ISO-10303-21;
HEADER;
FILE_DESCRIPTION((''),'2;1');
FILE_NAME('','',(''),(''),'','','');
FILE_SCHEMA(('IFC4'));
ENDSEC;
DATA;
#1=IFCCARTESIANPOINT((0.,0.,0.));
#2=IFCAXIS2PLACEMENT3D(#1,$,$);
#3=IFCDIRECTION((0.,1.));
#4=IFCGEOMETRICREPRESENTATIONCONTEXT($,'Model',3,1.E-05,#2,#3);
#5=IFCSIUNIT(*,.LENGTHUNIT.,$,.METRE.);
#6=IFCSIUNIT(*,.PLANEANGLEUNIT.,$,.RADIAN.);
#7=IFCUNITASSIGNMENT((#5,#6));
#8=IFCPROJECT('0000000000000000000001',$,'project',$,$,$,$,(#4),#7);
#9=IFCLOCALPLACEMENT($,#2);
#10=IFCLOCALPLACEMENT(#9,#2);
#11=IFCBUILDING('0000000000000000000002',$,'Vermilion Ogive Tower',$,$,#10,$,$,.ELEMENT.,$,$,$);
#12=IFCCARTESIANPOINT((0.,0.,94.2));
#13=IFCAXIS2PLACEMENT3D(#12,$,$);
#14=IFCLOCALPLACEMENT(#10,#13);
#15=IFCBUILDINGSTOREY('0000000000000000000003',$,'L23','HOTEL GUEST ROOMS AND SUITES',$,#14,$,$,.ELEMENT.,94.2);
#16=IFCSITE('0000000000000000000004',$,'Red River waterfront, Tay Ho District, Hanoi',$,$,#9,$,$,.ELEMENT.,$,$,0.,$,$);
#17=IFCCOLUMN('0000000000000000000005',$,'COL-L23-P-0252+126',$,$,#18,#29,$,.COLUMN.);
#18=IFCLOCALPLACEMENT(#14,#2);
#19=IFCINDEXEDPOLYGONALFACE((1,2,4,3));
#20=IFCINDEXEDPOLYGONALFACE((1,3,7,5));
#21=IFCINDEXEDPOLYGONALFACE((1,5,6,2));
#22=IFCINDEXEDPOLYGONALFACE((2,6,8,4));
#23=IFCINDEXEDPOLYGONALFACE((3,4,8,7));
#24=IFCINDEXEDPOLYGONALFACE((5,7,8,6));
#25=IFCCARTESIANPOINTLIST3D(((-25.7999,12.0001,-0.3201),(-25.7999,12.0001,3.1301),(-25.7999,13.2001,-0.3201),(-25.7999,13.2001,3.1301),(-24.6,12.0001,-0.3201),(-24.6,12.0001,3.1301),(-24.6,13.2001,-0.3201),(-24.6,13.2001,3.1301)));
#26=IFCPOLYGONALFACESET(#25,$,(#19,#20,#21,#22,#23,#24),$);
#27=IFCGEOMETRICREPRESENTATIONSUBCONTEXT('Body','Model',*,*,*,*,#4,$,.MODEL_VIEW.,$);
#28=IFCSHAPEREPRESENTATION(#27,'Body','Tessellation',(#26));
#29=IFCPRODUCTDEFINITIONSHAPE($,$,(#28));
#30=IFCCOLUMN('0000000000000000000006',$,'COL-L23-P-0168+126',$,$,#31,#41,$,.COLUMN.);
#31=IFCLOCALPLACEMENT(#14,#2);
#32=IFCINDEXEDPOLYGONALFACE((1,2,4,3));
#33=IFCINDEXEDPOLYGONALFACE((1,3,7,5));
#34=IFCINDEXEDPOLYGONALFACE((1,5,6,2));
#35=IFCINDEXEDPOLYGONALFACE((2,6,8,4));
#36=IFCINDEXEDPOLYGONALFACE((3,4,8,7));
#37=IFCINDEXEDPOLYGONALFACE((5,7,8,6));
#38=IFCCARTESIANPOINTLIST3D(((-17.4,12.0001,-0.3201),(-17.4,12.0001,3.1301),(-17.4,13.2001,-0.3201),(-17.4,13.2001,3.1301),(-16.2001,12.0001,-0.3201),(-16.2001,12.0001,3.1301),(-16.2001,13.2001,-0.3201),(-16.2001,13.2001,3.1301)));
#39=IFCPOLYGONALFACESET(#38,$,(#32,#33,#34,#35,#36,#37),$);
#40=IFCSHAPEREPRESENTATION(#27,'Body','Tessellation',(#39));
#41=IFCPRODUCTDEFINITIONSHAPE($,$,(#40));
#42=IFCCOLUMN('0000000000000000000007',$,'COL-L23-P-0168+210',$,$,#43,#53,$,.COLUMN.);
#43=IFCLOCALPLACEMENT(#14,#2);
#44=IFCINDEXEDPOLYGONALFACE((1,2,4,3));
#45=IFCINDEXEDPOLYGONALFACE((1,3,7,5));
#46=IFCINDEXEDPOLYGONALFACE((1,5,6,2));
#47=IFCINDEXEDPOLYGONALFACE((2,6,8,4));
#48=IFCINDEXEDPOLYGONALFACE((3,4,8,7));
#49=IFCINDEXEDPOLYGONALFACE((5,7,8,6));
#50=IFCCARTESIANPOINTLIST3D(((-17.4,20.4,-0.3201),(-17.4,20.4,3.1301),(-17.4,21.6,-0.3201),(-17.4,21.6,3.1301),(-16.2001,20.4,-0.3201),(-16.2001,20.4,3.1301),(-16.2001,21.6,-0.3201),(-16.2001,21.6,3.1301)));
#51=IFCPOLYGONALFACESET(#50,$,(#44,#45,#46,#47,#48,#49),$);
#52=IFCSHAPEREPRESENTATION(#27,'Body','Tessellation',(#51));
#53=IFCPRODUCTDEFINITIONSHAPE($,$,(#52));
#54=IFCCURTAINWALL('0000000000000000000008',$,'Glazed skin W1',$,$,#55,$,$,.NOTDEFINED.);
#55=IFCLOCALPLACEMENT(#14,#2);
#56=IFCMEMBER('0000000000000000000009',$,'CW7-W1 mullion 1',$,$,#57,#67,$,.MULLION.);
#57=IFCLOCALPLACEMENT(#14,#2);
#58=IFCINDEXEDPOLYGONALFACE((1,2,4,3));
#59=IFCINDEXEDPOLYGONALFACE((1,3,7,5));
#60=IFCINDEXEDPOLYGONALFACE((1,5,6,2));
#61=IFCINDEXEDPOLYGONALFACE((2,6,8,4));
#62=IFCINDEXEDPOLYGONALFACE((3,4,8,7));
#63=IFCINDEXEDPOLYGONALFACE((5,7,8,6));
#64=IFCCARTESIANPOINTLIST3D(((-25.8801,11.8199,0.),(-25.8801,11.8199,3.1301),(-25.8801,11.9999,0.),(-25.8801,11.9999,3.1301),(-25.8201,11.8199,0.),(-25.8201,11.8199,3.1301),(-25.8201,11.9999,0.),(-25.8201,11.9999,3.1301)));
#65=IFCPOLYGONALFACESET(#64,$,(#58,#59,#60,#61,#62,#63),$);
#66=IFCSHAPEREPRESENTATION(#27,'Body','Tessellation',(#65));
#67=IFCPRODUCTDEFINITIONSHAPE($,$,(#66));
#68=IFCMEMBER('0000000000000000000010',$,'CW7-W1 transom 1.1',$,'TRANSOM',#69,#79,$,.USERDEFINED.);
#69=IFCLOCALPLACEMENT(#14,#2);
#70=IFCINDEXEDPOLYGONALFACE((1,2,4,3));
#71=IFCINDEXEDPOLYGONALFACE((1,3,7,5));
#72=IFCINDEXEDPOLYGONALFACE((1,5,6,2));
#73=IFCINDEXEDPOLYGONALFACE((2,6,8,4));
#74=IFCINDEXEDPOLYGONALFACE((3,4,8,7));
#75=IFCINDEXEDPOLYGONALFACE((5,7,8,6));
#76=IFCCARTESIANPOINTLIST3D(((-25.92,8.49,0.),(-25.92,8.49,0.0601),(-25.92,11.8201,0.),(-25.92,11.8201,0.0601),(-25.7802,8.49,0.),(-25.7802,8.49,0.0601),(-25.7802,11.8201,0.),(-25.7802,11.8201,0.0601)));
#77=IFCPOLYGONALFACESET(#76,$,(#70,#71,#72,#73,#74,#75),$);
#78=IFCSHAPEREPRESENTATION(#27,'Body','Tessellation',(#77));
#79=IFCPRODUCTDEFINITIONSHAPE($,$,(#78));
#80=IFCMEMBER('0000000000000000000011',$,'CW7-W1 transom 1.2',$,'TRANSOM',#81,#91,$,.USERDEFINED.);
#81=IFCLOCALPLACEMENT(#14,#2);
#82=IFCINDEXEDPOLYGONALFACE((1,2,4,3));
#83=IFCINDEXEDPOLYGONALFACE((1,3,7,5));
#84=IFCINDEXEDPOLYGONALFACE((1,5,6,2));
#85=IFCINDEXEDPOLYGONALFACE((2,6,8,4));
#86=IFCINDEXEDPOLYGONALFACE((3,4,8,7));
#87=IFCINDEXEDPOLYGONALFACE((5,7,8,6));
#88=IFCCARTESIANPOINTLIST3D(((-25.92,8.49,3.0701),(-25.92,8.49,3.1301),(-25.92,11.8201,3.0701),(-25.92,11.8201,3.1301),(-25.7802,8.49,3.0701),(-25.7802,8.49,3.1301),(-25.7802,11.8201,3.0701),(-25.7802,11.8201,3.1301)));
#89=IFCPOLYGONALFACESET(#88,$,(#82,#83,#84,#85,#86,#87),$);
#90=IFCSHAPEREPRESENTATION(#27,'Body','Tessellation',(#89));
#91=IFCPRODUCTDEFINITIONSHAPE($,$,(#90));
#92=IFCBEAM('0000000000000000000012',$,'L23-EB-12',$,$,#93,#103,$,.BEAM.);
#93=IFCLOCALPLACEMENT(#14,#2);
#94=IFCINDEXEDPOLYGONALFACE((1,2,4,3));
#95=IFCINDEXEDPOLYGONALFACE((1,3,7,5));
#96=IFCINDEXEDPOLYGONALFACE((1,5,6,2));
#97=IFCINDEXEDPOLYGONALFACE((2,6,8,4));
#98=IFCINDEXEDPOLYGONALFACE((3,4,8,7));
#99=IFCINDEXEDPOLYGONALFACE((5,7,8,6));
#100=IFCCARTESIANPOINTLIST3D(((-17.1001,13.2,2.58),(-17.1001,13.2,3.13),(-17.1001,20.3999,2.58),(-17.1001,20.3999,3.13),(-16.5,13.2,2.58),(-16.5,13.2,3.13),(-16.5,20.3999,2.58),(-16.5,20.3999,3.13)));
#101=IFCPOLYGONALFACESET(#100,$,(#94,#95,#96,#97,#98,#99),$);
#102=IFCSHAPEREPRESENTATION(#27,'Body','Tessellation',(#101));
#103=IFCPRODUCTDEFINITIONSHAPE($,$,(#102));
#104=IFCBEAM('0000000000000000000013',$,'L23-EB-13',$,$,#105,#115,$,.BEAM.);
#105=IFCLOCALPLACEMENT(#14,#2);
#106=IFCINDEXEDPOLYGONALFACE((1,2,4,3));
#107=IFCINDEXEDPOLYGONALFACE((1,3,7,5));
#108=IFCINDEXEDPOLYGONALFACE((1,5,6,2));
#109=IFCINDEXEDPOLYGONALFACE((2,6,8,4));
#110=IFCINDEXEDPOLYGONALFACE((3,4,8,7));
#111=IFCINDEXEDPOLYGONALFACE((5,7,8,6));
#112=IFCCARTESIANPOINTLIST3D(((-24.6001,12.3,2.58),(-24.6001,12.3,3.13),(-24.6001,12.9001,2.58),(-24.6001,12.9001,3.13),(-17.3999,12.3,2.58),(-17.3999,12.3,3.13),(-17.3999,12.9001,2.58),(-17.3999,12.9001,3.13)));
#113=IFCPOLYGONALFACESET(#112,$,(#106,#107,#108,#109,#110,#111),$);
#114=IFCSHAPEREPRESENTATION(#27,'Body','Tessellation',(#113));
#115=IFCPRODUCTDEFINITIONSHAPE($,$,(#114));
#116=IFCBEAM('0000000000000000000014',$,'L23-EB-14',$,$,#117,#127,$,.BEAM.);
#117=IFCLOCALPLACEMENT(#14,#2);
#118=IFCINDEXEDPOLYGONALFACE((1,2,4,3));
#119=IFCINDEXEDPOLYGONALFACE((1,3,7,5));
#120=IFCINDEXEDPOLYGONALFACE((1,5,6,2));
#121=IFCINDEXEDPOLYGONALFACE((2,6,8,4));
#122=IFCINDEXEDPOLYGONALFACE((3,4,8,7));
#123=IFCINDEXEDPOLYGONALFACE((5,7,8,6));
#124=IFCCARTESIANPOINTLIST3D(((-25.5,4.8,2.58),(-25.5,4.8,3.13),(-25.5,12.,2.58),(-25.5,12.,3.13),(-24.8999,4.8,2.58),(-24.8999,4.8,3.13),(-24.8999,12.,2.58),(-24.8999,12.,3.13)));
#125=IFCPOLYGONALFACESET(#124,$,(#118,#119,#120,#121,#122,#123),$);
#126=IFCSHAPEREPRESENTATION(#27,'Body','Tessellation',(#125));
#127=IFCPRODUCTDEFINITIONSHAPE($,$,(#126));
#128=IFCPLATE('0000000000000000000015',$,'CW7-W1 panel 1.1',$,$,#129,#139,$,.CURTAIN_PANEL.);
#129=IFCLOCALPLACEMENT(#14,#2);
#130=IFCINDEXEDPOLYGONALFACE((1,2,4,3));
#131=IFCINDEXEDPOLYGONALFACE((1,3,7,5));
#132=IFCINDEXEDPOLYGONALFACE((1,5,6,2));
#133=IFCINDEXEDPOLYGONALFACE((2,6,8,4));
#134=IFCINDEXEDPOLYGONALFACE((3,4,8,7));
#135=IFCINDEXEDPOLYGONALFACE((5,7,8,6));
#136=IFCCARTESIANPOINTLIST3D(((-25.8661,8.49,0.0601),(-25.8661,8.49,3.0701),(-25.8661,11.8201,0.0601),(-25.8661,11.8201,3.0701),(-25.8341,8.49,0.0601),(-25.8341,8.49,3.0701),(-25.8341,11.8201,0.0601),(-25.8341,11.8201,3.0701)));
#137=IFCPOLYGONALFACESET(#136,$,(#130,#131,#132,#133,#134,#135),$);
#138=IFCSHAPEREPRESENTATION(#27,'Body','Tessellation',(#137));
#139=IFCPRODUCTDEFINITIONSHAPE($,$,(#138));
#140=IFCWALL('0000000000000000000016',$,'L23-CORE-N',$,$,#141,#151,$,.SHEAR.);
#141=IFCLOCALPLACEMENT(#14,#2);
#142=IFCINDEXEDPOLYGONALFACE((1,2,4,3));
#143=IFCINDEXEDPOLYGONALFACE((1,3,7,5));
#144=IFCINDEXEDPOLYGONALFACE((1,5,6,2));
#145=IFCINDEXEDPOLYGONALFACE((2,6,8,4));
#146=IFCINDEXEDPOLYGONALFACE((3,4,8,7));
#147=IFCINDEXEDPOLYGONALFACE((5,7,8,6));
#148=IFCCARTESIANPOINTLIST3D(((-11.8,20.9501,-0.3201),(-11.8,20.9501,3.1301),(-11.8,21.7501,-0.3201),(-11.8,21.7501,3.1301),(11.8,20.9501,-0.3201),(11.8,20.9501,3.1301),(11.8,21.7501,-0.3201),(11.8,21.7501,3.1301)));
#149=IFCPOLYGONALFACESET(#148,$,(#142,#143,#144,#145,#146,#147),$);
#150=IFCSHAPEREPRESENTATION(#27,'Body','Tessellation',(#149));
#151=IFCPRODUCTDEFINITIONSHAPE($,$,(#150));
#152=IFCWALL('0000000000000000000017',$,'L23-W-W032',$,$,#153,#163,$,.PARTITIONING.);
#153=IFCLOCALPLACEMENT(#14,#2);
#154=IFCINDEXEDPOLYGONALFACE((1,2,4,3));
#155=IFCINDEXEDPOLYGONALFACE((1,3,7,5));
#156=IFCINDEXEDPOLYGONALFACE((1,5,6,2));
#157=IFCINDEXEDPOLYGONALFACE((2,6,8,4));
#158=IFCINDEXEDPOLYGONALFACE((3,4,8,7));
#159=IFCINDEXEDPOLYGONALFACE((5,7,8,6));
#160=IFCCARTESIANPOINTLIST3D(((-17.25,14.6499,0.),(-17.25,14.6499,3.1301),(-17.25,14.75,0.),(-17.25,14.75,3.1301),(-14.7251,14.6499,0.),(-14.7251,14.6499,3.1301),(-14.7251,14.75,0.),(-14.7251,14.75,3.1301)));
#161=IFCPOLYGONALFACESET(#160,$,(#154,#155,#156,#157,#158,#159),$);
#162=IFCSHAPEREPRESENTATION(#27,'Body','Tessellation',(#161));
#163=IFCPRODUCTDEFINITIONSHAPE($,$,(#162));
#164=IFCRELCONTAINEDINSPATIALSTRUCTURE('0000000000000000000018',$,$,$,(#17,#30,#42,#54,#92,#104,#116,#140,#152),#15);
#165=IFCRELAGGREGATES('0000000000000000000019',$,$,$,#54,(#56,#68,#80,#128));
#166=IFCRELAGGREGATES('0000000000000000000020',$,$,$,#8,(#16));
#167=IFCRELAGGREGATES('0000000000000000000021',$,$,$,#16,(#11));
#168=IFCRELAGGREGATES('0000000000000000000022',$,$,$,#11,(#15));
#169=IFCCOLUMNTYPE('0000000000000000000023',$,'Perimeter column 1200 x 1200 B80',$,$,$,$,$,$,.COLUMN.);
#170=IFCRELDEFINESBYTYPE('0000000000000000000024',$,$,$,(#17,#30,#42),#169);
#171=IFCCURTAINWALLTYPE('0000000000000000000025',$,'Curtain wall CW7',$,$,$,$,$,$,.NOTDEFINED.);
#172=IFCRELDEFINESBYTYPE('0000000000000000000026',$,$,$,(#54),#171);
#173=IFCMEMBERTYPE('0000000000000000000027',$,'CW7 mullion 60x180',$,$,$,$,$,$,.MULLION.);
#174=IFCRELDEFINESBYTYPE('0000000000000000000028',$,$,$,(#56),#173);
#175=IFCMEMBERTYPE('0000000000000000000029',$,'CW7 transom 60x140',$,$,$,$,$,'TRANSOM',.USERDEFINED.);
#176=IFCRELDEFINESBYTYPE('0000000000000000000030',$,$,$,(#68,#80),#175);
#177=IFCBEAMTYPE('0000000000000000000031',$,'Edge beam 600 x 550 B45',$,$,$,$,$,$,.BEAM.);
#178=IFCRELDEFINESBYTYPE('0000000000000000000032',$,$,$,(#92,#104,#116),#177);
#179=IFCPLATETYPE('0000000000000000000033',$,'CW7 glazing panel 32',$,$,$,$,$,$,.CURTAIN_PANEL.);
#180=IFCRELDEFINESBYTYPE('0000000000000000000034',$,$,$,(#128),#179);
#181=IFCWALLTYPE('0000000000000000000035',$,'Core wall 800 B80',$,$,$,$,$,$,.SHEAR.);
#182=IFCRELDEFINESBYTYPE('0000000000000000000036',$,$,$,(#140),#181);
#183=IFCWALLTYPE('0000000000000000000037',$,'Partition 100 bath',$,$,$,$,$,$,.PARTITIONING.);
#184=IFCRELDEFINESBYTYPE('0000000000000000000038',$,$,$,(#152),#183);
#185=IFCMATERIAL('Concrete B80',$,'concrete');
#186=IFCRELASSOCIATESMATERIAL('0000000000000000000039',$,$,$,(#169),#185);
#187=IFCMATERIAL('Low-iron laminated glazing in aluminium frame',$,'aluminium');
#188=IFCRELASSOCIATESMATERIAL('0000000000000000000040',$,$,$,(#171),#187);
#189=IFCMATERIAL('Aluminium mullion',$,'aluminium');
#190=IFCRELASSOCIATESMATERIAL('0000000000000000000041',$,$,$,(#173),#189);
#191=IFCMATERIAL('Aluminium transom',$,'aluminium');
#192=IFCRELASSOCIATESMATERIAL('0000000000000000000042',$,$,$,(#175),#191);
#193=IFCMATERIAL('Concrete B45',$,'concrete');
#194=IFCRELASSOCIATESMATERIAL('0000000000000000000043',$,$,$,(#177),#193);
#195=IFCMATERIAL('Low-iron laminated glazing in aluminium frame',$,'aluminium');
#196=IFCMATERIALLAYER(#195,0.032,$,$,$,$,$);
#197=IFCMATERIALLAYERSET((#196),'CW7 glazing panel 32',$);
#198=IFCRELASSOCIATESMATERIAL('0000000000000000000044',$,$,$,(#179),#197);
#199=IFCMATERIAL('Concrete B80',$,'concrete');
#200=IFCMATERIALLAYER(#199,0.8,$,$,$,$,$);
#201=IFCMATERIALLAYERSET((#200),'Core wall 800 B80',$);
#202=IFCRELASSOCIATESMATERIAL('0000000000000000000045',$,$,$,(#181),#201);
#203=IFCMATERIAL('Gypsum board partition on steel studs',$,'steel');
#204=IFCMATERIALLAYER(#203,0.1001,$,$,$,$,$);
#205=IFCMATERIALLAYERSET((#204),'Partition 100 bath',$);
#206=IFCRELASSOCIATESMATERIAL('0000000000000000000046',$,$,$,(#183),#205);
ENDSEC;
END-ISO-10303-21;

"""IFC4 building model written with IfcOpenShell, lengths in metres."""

from ifc_helpers import new_model, si_unit, direction, frame, frame_2d, origin, origin_2d, place, context, subcontext, project, spatial, rectangle, extrude, material, layer, layer_set, material_profile, profile_set, type_object, element, aggregate, save


model = new_model("IFC4")

# Units and contexts
model_context = context("Model", 3, precision=1e-05, world=origin(), true_north=direction((0.0, 1.0)))
body_context = subcontext(model_context, "Body", "Model", "MODEL_VIEW")
ifc_project = project(units=[si_unit("LENGTHUNIT", "METRE"), si_unit("PLANEANGLEUNIT", "RADIAN")], contexts=[model_context])

# Site, building, storey
site_placement = place(None, origin())
site = spatial("IfcSite", under=ifc_project, at=site_placement, Name="Red River waterfront, Tay Ho District, Hanoi", CompositionType="ELEMENT", RefElevation=0.0)
building_placement = place(site_placement, origin())
building = spatial("IfcBuilding", under=site, at=building_placement, Name="Vermilion Ogive Tower", CompositionType="ELEMENT")
storey_placement = place(building_placement, frame((0.0, 0.0, 94.2)))
storey = spatial("IfcBuildingStorey", under=building, at=storey_placement, Name="L23", Description="HOTEL GUEST ROOMS AND SUITES", CompositionType="ELEMENT", Elevation=94.2)

# Columns
ifc_material_1 = material(Name="Concrete B80", Category="concrete")
ifc_material_profile_1 = material_profile(ifc_material_1, rectangle(XDim=1.2, YDim=1.2, at=origin_2d()), Name="1200 x 1200")
ifc_profile_set_1 = profile_set([ifc_material_profile_1], Name="Concrete B80")
column_type = type_object("IfcColumnType", Name="Perimeter column 1200 x 1200 B80", PredefinedType="COLUMN", material=ifc_profile_set_1)
for number, where, z_axis, x_axis, name in (
    (1, (-25.2, 12.6001, -0.3201), (0.0, 0.0, 1.0), (1.0, 0.0, 0.0), "COL-L23-P-0252+126"),
    (2, (-16.8, 12.6001, -0.3201), (0.0, 0.0, 1.0), (1.0, 0.0, 0.0), "COL-L23-P-0168+126"),
    (3, (-16.8, 21.0, -0.3201), (0.0, 0.0, 1.0), (1.0, 0.0, 0.0), "COL-L23-P-0168+210"),
):
    element("IfcColumn", number, at=place(storey_placement, frame(where, z_axis=z_axis, x_axis=x_axis)), inside=storey, type_object=column_type, Name=name, PredefinedType="COLUMN", context=body_context, shape_type="SweptSolid", body=[
        extrude(rectangle(XDim=1.2, YDim=1.2, at=origin_2d()), origin(), (0.0, 0.0, 1.0), 3.4502),
    ])

# Curtain wall, members
ifc_material_2 = material(Name="Low-iron laminated glazing in aluminium frame", Category="aluminium")
curtain_wall_type = type_object("IfcCurtainWallType", Name="Curtain wall CW7", PredefinedType="NOTDEFINED", material=ifc_material_2)
curtain_wall_placement = place(storey_placement, origin())
curtain_wall = element("IfcCurtainWall", 4, at=curtain_wall_placement, inside=storey, type_object=curtain_wall_type, Name="Glazed skin W1", PredefinedType="NOTDEFINED")
ifc_material_3 = material(Name="Aluminium mullion", Category="aluminium")
ifc_material_profile_2 = material_profile(ifc_material_3, rectangle(XDim=0.0601, YDim=0.1799, at=origin_2d()), Name="AL 60x180")
ifc_profile_set_2 = profile_set([ifc_material_profile_2], Name="Aluminium mullion")
member_type_1 = type_object("IfcMemberType", Name="CW7 mullion 60x180", PredefinedType="MULLION", material=ifc_profile_set_2)
member_1_placement = place(storey_placement, frame((-25.8501, 11.9099, 0.0), z_axis=(0.0, 0.0, 1.0), x_axis=(1.0, 0.0, 0.0)))
member_1 = element("IfcMember", 5, at=member_1_placement, type_object=member_type_1, Name="CW7-W1 mullion 1", PredefinedType="MULLION", context=body_context, shape_type="SweptSolid", body=[
    extrude(rectangle(XDim=0.0601, YDim=0.1799, at=origin_2d()), origin(), (0.0, 0.0, 1.0), 3.1301),
])
ifc_material_4 = material(Name="Aluminium transom", Category="aluminium")
ifc_material_profile_3 = material_profile(ifc_material_4, rectangle(XDim=0.1399, YDim=0.0601, at=origin_2d()), Name="AL 60x140")
ifc_profile_set_3 = profile_set([ifc_material_profile_3], Name="Aluminium transom")
member_type_2 = type_object("IfcMemberType", Name="CW7 transom 60x140", ElementType="TRANSOM", PredefinedType="USERDEFINED", material=ifc_profile_set_3)
member_2_placement = place(storey_placement, frame((-25.8501, 11.8201, 0.03), z_axis=(0.0, -1.0, 0.0), x_axis=(1.0, 0.0, 0.0)))
member_2 = element("IfcMember", 6, at=member_2_placement, type_object=member_type_2, Name="CW7-W1 transom 1.1", ObjectType="TRANSOM", PredefinedType="USERDEFINED", context=body_context, shape_type="SweptSolid", body=[
    extrude(rectangle(XDim=0.1399, YDim=0.0601, at=origin_2d()), origin(), (0.0, 0.0, 1.0), 3.3301),
])
member_3_placement = place(storey_placement, frame((-25.8501, 11.8201, 3.1001), z_axis=(0.0, -1.0, 0.0), x_axis=(1.0, 0.0, 0.0)))
member_3 = element("IfcMember", 7, at=member_3_placement, type_object=member_type_2, Name="CW7-W1 transom 1.2", ObjectType="TRANSOM", PredefinedType="USERDEFINED", context=body_context, shape_type="SweptSolid", body=[
    extrude(rectangle(XDim=0.1399, YDim=0.0601, at=origin_2d()), origin(), (0.0, 0.0, 1.0), 3.3301),
])

# Beams
ifc_material_5 = material(Name="Concrete B45", Category="concrete")
ifc_material_profile_4 = material_profile(ifc_material_5, rectangle(XDim=0.6001, YDim=0.55, at=origin_2d()), Name="600 x 550")
ifc_profile_set_4 = profile_set([ifc_material_profile_4], Name="Concrete B45")
beam_type = type_object("IfcBeamType", Name="Edge beam 600 x 550 B45", PredefinedType="BEAM", material=ifc_profile_set_4)
beam_1_placement = place(storey_placement, frame((-16.8, 20.3999, 2.855), z_axis=(0.0, -1.0, 0.0), x_axis=(1.0, 0.0, 0.0)))
element("IfcBeam", 8, at=beam_1_placement, inside=storey, type_object=beam_type, Name="L23-EB-12", PredefinedType="BEAM", context=body_context, shape_type="SweptSolid", body=[
    extrude(rectangle(XDim=0.6001, YDim=0.55, at=origin_2d()), origin(), (0.0, 0.0, 1.0), 7.2),
])
beam_2_placement = place(storey_placement, frame((-17.3999, 12.6001, 2.855), z_axis=(-1.0, 0.0, 0.0), x_axis=(0.0, -1.0, 0.0)))
element("IfcBeam", 9, at=beam_2_placement, inside=storey, type_object=beam_type, Name="L23-EB-13", PredefinedType="BEAM", context=body_context, shape_type="SweptSolid", body=[
    extrude(rectangle(XDim=0.6001, YDim=0.55, at=origin_2d()), origin(), (0.0, 0.0, 1.0), 7.2002),
])
beam_3_placement = place(storey_placement, frame((-25.2, 12.0, 2.855), z_axis=(0.0, -1.0, 0.0), x_axis=(1.0, 0.0, 0.0)))
element("IfcBeam", 10, at=beam_3_placement, inside=storey, type_object=beam_type, Name="L23-EB-14", PredefinedType="BEAM", context=body_context, shape_type="SweptSolid", body=[
    extrude(rectangle(XDim=0.6001, YDim=0.55, at=origin_2d()), origin(), (0.0, 0.0, 1.0), 7.2),
])

# Plate
ifc_material_6 = material(Name="Low-iron laminated glazing in aluminium frame", Category="aluminium")
ifc_layer_1 = layer(ifc_material_6, 0.032)
ifc_layer_set_1 = layer_set([ifc_layer_1], Name="CW7 glazing panel 32")
plate_type = type_object("IfcPlateType", Name="CW7 glazing panel 32", PredefinedType="CURTAIN_PANEL", material=ifc_layer_set_1)
plate_placement = place(storey_placement, frame((-25.8501, 10.155, 0.0601), z_axis=(0.0, 0.0, 1.0), x_axis=(0.0, -1.0, 0.0)))
plate = element("IfcPlate", 11, at=plate_placement, type_object=plate_type, Name="CW7-W1 panel 1.1", PredefinedType="CURTAIN_PANEL", context=body_context, shape_type="SweptSolid", body=[
    extrude(rectangle(XDim=3.3301, YDim=0.032, at=origin_2d()), origin(), (0.0, 0.0, 1.0), 3.01),
])
aggregate(curtain_wall, [member_1, member_2, member_3, plate])

# Walls
ifc_material_7 = material(Name="Concrete B80", Category="concrete")
ifc_layer_2 = layer(ifc_material_7, 0.8)
ifc_layer_set_2 = layer_set([ifc_layer_2], Name="Core wall 800 B80")
wall_type_1 = type_object("IfcWallType", Name="Core wall 800 B80", PredefinedType="SHEAR", material=ifc_layer_set_2)
wall_1_placement = place(storey_placement, frame((-11.8, 21.3501, -0.3201), z_axis=(0.0, 0.0, 1.0), x_axis=(1.0, 0.0, 0.0)))
element("IfcWall", 12, at=wall_1_placement, inside=storey, type_object=wall_type_1, Name="L23-CORE-N", PredefinedType="SHEAR", context=body_context, shape_type="SweptSolid", body=[
    extrude(rectangle(XDim=23.6001, YDim=0.8, at=frame_2d((11.8, 0.0))), origin(), (0.0, 0.0, 1.0), 3.4502),
])
ifc_material_8 = material(Name="Gypsum board partition on steel studs", Category="steel")
ifc_layer_3 = layer(ifc_material_8, 0.1001)
ifc_layer_set_3 = layer_set([ifc_layer_3], Name="Partition 100 bath")
wall_type_2 = type_object("IfcWallType", Name="Partition 100 bath", PredefinedType="PARTITIONING", material=ifc_layer_set_3)
wall_2_placement = place(storey_placement, frame((-17.25, 14.7, 0.0), z_axis=(0.0, 0.0, 1.0), x_axis=(1.0, 0.0, 0.0)))
element("IfcWall", 13, at=wall_2_placement, inside=storey, type_object=wall_type_2, Name="L23-W-W032", PredefinedType="PARTITIONING", context=body_context, shape_type="SweptSolid", body=[
    extrude(rectangle(XDim=2.5249, YDim=0.1001, at=frame_2d((1.2625, 0.0))), origin(), (0.0, 0.0, 1.0), 3.1301),
])

save(model, "model.ifc")
